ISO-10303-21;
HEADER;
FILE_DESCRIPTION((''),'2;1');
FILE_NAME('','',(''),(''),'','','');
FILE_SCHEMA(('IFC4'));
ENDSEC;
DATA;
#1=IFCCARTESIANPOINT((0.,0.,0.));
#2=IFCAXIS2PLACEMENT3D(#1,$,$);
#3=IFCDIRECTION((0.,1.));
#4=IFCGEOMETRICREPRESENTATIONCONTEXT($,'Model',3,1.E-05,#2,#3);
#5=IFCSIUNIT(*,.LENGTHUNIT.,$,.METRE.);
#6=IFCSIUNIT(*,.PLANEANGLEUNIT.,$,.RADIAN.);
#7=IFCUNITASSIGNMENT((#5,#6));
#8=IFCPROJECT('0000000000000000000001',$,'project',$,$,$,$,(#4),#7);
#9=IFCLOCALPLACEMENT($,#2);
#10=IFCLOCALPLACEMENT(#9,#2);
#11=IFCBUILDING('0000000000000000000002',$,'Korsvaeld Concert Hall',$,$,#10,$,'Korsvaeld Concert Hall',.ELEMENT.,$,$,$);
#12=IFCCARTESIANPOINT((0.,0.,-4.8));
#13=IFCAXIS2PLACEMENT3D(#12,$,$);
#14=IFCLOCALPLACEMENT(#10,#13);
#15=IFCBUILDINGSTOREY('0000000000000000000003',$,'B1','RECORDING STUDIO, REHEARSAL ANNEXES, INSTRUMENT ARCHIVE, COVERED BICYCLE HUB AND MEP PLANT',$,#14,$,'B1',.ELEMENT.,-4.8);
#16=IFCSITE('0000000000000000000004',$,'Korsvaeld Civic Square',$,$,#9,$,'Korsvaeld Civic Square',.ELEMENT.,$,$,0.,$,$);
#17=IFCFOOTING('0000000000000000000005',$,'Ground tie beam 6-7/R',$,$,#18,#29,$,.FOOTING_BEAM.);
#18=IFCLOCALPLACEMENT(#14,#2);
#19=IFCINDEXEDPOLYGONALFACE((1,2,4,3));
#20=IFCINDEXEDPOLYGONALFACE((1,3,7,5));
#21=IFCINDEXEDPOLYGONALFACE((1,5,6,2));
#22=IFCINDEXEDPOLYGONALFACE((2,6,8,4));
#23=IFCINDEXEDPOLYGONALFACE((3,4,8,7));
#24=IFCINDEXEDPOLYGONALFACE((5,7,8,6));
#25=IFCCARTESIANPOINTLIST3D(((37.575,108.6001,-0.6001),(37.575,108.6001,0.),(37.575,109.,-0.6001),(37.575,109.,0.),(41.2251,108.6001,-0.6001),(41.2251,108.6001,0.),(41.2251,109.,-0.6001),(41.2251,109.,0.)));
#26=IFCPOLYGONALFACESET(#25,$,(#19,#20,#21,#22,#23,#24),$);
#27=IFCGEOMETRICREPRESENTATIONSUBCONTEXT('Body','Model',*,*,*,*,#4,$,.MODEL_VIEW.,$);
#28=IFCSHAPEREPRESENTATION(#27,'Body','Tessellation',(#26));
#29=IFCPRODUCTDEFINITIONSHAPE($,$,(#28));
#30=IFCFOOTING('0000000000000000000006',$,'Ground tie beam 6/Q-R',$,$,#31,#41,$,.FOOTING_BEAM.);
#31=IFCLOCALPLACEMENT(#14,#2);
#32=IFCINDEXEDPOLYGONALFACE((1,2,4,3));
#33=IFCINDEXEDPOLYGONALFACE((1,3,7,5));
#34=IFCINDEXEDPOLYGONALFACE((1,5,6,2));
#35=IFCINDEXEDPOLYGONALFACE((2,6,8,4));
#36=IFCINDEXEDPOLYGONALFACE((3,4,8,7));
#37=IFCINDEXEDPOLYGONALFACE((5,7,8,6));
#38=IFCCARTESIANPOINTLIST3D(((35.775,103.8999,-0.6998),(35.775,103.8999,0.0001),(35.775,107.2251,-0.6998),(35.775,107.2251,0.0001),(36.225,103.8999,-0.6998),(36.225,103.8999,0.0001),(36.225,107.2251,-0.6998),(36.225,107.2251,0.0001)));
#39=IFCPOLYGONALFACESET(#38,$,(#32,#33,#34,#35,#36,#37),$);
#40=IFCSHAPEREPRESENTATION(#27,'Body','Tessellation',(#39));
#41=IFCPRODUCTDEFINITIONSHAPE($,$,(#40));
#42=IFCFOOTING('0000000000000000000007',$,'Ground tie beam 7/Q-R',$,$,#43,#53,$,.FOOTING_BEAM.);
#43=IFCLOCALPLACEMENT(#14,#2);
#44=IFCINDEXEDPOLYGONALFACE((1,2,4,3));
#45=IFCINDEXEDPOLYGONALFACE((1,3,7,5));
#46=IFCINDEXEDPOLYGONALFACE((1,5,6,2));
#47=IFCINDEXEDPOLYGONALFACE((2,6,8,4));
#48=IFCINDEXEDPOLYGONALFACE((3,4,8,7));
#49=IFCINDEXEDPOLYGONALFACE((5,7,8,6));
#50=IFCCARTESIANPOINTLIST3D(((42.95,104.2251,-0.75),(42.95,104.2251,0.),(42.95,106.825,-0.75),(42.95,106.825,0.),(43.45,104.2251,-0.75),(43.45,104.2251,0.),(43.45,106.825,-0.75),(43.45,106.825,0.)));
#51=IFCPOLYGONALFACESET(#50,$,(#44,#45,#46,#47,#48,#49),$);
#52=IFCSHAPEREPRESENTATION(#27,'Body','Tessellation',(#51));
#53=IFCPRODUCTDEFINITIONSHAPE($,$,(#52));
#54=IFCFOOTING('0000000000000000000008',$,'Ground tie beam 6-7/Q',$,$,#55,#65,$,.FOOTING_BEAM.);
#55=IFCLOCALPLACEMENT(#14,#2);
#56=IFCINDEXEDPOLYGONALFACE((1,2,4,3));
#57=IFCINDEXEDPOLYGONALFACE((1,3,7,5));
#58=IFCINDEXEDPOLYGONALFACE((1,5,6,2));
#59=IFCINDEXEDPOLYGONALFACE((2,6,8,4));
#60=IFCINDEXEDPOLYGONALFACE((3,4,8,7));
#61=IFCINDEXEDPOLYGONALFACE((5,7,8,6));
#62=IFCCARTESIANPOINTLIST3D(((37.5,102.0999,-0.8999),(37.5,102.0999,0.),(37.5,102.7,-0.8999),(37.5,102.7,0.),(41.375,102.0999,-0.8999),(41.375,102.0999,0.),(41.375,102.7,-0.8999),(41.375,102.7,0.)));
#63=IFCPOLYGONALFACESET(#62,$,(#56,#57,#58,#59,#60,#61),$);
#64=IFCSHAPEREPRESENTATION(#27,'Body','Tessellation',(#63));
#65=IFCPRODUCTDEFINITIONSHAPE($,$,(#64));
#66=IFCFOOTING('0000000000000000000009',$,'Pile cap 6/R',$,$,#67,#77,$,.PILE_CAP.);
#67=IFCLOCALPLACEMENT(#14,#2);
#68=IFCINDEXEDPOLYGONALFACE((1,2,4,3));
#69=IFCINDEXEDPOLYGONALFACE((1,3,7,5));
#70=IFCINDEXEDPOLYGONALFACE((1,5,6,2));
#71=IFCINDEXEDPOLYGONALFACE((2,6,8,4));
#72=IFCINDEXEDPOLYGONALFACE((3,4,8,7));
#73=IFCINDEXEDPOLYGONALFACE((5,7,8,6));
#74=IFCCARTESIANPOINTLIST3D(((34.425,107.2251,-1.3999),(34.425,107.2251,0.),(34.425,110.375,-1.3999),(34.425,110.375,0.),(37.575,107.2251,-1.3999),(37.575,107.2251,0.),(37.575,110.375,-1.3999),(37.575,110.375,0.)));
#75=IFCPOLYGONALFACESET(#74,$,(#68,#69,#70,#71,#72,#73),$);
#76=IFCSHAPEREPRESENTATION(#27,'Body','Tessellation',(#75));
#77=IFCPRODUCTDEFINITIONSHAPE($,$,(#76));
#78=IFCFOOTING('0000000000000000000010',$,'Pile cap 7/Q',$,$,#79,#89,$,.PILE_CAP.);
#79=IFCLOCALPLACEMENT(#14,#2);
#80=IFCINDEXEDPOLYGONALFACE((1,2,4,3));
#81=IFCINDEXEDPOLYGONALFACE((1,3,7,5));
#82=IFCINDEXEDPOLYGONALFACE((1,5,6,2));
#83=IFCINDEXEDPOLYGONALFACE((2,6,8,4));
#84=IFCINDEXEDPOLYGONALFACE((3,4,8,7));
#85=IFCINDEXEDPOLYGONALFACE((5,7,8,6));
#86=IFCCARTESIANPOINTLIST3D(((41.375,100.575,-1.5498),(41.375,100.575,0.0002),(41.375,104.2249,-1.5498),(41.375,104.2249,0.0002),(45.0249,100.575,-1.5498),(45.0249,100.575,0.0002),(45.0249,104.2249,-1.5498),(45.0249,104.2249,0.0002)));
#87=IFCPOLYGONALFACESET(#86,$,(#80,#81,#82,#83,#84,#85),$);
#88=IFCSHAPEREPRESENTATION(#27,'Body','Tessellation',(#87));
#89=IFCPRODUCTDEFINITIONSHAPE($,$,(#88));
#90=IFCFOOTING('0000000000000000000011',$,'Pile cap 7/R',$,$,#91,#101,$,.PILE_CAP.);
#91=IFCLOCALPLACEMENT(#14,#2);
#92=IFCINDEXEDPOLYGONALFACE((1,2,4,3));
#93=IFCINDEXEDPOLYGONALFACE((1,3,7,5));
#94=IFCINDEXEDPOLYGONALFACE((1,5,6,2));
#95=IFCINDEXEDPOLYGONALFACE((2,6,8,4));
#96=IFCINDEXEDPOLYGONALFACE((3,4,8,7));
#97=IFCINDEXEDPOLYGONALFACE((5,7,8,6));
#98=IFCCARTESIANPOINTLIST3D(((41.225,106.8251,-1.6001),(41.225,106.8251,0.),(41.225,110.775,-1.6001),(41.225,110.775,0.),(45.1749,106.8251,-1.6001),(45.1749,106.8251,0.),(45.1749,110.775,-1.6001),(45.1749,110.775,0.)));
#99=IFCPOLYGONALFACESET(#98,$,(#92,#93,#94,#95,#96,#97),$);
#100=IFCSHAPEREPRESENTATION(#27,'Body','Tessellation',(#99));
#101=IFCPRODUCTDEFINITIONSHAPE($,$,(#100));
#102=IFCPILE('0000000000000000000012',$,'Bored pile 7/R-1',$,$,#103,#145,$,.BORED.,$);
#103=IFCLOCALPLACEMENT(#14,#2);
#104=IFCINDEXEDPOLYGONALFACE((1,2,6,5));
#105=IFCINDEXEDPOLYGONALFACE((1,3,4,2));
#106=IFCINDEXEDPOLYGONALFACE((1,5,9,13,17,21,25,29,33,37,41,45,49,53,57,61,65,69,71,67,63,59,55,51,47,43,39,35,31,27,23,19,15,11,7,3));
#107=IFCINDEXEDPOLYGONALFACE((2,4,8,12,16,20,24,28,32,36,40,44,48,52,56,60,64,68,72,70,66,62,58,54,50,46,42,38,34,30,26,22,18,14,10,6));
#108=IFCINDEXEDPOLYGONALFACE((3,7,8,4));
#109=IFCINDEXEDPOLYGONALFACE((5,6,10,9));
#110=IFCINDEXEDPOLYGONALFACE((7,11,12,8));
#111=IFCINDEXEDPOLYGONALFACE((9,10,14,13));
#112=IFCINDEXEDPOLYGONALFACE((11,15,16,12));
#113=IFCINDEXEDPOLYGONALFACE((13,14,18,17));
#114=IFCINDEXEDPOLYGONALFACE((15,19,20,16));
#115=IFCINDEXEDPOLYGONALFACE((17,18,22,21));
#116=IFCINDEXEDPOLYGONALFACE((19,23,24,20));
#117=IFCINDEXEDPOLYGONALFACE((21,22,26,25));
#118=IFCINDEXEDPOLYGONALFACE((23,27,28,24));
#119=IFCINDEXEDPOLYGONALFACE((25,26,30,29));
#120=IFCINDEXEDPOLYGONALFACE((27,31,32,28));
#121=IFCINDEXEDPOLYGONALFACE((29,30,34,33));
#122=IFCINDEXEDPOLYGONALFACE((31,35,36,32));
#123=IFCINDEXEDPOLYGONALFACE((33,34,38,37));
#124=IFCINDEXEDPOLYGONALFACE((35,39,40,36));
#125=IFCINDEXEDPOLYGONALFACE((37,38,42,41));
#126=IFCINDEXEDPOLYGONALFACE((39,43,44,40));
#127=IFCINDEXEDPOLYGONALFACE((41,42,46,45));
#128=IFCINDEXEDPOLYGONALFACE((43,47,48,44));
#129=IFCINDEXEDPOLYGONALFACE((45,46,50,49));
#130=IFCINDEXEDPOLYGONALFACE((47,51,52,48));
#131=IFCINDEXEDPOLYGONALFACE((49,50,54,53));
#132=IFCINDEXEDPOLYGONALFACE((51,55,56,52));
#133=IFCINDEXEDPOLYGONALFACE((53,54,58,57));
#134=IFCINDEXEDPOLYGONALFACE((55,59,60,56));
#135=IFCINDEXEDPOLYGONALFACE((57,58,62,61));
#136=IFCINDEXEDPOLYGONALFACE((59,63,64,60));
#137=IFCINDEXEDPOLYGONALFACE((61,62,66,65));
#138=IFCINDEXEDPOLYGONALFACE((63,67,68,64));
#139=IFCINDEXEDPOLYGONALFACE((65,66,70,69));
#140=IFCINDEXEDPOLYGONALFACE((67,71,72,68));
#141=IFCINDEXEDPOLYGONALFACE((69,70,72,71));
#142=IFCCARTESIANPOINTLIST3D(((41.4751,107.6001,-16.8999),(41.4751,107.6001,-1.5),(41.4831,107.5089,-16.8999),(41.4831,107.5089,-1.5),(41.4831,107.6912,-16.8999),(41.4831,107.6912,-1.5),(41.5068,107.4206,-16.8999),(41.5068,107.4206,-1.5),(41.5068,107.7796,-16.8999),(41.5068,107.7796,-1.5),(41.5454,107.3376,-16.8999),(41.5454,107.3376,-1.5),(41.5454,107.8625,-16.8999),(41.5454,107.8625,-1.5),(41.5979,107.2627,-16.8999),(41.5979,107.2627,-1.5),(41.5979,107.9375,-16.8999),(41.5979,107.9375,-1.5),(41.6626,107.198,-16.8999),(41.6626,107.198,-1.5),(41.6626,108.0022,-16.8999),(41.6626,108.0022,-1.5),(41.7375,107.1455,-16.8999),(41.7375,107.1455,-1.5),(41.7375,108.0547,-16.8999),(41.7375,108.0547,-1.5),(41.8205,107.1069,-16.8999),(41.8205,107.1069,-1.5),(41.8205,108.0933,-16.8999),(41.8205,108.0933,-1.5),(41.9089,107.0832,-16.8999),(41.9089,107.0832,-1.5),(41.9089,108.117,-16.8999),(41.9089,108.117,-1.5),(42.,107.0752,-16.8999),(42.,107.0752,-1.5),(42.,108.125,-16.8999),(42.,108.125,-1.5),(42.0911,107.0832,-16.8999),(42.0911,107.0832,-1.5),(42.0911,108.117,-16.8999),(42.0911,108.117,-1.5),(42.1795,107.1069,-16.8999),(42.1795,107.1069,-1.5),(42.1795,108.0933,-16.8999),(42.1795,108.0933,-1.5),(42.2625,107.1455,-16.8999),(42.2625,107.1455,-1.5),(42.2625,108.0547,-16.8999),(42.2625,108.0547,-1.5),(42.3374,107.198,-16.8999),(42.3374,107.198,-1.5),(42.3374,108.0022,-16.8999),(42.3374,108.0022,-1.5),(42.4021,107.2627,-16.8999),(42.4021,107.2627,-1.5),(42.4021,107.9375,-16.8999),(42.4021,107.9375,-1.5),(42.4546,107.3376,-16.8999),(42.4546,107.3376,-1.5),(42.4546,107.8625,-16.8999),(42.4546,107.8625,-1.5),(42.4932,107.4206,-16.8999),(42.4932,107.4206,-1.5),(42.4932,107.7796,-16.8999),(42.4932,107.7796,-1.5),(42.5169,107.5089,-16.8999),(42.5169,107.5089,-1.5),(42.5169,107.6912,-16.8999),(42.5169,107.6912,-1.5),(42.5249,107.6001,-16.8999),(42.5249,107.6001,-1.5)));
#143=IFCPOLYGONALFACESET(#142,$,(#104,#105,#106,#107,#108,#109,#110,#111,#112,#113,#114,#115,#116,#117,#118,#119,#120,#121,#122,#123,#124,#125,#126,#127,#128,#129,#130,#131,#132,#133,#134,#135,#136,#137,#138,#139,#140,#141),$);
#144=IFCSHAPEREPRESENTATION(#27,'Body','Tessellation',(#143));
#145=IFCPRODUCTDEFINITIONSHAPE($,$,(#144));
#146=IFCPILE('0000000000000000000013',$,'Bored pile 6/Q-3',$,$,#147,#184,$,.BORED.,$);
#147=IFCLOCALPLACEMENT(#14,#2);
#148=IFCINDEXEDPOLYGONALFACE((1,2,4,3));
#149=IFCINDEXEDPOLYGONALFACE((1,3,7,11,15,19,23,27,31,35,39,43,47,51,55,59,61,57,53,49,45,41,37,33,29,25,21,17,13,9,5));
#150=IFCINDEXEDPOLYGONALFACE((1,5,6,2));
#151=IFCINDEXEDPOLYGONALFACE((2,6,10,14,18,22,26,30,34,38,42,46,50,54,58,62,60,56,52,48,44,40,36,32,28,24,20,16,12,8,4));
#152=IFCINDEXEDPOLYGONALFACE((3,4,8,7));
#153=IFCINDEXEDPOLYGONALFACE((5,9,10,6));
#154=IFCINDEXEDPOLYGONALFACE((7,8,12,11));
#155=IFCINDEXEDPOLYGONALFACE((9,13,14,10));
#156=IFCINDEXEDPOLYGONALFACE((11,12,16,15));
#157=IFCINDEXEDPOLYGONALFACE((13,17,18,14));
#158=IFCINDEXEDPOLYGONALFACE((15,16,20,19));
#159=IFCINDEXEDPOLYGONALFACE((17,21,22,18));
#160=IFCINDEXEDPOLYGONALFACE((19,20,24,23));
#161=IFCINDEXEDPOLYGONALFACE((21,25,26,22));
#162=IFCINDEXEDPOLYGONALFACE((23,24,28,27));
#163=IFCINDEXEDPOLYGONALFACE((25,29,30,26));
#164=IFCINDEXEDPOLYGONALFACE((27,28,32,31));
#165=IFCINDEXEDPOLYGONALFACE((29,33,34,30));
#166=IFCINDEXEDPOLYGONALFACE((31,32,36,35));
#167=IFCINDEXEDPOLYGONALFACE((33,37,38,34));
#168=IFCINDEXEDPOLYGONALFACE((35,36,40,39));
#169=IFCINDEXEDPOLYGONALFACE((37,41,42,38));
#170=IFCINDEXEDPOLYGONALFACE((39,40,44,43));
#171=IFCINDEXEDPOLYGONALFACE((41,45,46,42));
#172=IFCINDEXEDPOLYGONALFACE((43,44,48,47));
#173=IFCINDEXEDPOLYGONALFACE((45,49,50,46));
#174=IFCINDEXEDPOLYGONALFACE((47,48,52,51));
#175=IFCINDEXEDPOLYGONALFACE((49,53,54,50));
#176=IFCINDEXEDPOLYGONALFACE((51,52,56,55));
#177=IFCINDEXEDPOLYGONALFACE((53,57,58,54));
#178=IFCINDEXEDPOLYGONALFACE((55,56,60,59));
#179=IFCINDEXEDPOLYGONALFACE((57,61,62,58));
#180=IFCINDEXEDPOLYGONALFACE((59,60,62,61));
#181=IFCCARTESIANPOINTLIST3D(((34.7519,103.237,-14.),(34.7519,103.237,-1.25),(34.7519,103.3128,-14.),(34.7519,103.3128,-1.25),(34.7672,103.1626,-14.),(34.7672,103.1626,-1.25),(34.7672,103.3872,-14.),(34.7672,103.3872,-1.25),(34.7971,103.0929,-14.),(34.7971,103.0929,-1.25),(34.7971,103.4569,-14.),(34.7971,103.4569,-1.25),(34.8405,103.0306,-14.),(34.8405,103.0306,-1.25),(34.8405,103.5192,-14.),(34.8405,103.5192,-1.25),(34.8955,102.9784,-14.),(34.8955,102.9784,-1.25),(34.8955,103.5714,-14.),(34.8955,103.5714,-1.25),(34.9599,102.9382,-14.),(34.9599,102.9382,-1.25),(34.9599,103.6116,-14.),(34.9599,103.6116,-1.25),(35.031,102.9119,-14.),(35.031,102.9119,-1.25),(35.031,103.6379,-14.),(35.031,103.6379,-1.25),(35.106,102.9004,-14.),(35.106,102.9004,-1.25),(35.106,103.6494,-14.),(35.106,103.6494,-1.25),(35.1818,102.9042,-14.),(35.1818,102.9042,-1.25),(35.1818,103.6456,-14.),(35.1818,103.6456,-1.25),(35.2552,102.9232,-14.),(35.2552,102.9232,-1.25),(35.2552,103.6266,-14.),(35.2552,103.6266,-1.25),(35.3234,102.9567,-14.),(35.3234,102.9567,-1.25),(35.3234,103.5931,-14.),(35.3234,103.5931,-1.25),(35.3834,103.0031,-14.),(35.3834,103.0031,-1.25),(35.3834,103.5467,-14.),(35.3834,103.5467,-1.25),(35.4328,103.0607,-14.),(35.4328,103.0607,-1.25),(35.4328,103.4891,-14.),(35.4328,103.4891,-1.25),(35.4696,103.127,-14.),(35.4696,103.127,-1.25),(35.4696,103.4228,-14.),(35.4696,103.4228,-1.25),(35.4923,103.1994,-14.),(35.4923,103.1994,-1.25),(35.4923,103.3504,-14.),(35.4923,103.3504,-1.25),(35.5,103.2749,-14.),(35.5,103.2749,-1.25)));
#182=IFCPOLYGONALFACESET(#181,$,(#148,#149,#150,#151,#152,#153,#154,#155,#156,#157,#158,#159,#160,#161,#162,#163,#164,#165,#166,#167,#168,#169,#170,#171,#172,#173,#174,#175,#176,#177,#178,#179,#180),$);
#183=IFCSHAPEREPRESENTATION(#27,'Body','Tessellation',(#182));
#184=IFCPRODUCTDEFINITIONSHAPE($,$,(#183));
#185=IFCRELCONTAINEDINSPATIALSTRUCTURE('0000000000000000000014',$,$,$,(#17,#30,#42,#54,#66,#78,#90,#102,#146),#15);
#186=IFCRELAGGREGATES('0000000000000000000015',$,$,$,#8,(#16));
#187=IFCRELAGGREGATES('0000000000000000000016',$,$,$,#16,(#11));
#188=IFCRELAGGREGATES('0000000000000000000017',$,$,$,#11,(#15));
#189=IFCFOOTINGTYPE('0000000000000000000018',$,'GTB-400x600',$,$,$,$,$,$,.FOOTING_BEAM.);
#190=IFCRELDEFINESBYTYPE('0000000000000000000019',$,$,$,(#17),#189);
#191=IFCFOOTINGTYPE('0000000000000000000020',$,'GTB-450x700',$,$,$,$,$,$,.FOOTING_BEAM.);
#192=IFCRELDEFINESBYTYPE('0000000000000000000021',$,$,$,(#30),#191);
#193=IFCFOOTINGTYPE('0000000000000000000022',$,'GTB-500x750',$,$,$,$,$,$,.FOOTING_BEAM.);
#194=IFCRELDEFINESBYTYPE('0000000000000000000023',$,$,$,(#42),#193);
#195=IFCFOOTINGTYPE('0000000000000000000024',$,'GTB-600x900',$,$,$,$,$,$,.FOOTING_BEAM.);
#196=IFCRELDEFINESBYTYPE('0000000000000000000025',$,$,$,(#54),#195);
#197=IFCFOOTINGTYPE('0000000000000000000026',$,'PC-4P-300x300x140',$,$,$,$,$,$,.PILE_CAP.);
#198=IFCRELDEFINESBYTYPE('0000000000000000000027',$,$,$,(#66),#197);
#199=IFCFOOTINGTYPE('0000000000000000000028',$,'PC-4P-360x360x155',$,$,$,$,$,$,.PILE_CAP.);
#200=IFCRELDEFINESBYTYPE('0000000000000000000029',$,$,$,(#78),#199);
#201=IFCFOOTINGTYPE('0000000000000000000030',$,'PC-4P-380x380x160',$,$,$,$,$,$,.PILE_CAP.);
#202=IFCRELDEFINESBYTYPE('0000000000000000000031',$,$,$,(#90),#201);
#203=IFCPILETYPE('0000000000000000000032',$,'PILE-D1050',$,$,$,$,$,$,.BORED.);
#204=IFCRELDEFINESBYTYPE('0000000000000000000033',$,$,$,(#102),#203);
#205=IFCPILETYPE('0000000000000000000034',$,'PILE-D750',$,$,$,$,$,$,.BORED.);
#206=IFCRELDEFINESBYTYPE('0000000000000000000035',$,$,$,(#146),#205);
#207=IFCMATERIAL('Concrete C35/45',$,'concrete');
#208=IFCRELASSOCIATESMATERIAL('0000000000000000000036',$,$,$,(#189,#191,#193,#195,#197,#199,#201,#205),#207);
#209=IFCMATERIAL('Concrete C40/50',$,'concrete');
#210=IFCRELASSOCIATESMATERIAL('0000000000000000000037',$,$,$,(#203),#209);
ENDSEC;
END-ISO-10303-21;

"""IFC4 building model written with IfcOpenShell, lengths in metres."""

from ifc_helpers import new_model, si_unit, direction, frame, origin, origin_2d, place, context, subcontext, project, spatial, rectangle, circle, extrude, material, material_profile, profile_set, type_object, element, save


model = new_model("IFC4")

# Units and contexts
model_context = context("Model", 3, precision=1e-05, world=origin(), true_north=direction((0.0, 1.0)))
body_context = subcontext(model_context, "Body", "Model", "MODEL_VIEW")
ifc_project = project(units=[si_unit("LENGTHUNIT", "METRE"), si_unit("PLANEANGLEUNIT", "RADIAN")], contexts=[model_context])

# Site, building, storey
site_placement = place(None, origin())
site = spatial("IfcSite", under=ifc_project, at=site_placement, Name="Korsvaeld Civic Square", LongName="Korsvaeld Civic Square", CompositionType="ELEMENT", RefElevation=0.0)
building_placement = place(site_placement, origin())
building = spatial("IfcBuilding", under=site, at=building_placement, Name="Korsvaeld Concert Hall", LongName="Korsvaeld Concert Hall", CompositionType="ELEMENT")
storey_placement = place(building_placement, frame((0.0, 0.0, -4.8)))
storey = spatial("IfcBuildingStorey", under=building, at=storey_placement, Name="B1", Description="RECORDING STUDIO, REHEARSAL ANNEXES, INSTRUMENT ARCHIVE, COVERED BICYCLE HUB AND MEP PLANT", LongName="B1", CompositionType="ELEMENT", Elevation=-4.8)

# Footings
ifc_material_1 = material(Name="Concrete C35/45", Category="concrete")
ifc_material_profile_1 = material_profile(ifc_material_1, rectangle(XDim=0.3999, YDim=0.6001, at=origin_2d()), Name="GTB 400x600")
ifc_profile_set_1 = profile_set([ifc_material_profile_1], Name="Concrete C35/45")
footing_type_1 = type_object("IfcFootingType", Name="GTB-400x600", PredefinedType="FOOTING_BEAM", material=ifc_profile_set_1)
footing_1_placement = place(storey_placement, frame((37.575, 108.8, -0.3), z_axis=(1.0, 0.0, 0.0), x_axis=(0.0, 1.0, 0.0)))
element("IfcFooting", 1, at=footing_1_placement, inside=storey, type_object=footing_type_1, Name="Ground tie beam 6-7/R", PredefinedType="FOOTING_BEAM", context=body_context, shape_type="SweptSolid", body=[
    extrude(rectangle(XDim=0.3999, YDim=0.6001, at=origin_2d()), origin(), (0.0, 0.0, 1.0), 3.6501),
])
ifc_material_profile_2 = material_profile(ifc_material_1, rectangle(XDim=0.45, YDim=0.7, at=origin_2d()), Name="GTB 450x700")
ifc_profile_set_2 = profile_set([ifc_material_profile_2], Name="Concrete C35/45")
footing_type_2 = type_object("IfcFootingType", Name="GTB-450x700", PredefinedType="FOOTING_BEAM", material=ifc_profile_set_2)
footing_2_placement = place(storey_placement, frame((36.0, 103.8999, -0.3499), z_axis=(0.0, 1.0, 0.0), x_axis=(-1.0, 0.0, 0.0)))
element("IfcFooting", 2, at=footing_2_placement, inside=storey, type_object=footing_type_2, Name="Ground tie beam 6/Q-R", PredefinedType="FOOTING_BEAM", context=body_context, shape_type="SweptSolid", body=[
    extrude(rectangle(XDim=0.45, YDim=0.7, at=origin_2d()), origin(), (0.0, 0.0, 1.0), 3.3252),
])
ifc_material_profile_3 = material_profile(ifc_material_1, rectangle(XDim=0.5, YDim=0.75, at=origin_2d()), Name="GTB 500x750")
ifc_profile_set_3 = profile_set([ifc_material_profile_3], Name="Concrete C35/45")
footing_type_3 = type_object("IfcFootingType", Name="GTB-500x750", PredefinedType="FOOTING_BEAM", material=ifc_profile_set_3)
footing_3_placement = place(storey_placement, frame((43.2, 104.2251, -0.375), z_axis=(0.0, 1.0, 0.0), x_axis=(-1.0, 0.0, 0.0)))
element("IfcFooting", 3, at=footing_3_placement, inside=storey, type_object=footing_type_3, Name="Ground tie beam 7/Q-R", PredefinedType="FOOTING_BEAM", context=body_context, shape_type="SweptSolid", body=[
    extrude(rectangle(XDim=0.5, YDim=0.75, at=origin_2d()), origin(), (0.0, 0.0, 1.0), 2.5999),
])
ifc_material_profile_4 = material_profile(ifc_material_1, rectangle(XDim=0.6001, YDim=0.8999, at=origin_2d()), Name="GTB 600x900")
ifc_profile_set_4 = profile_set([ifc_material_profile_4], Name="Concrete C35/45")
footing_type_4 = type_object("IfcFootingType", Name="GTB-600x900", PredefinedType="FOOTING_BEAM", material=ifc_profile_set_4)
footing_4_placement = place(storey_placement, frame((37.5, 102.3999, -0.45), z_axis=(1.0, 0.0, 0.0), x_axis=(0.0, 1.0, 0.0)))
element("IfcFooting", 4, at=footing_4_placement, inside=storey, type_object=footing_type_4, Name="Ground tie beam 6-7/Q", PredefinedType="FOOTING_BEAM", context=body_context, shape_type="SweptSolid", body=[
    extrude(rectangle(XDim=0.6001, YDim=0.8999, at=origin_2d()), origin(), (0.0, 0.0, 1.0), 3.875),
])
footing_type_5 = type_object("IfcFootingType", Name="PC-4P-300x300x140", PredefinedType="PILE_CAP", material=ifc_material_1)
footing_5_placement = place(storey_placement, frame((36.0, 108.8, -1.3999), z_axis=(0.0, 0.0, 1.0), x_axis=(1.0, 0.0, 0.0)))
element("IfcFooting", 5, at=footing_5_placement, inside=storey, type_object=footing_type_5, Name="Pile cap 6/R", PredefinedType="PILE_CAP", context=body_context, shape_type="SweptSolid", body=[
    extrude(rectangle(XDim=3.1499, YDim=3.1499, at=origin_2d()), origin(), (0.0, 0.0, 1.0), 1.3999),
])
footing_type_6 = type_object("IfcFootingType", Name="PC-4P-360x360x155", PredefinedType="PILE_CAP", material=ifc_material_1)
footing_6_placement = place(storey_placement, frame((43.2, 102.3999, -1.5498), z_axis=(0.0, 0.0, 1.0), x_axis=(1.0, 0.0, 0.0)))
element("IfcFooting", 6, at=footing_6_placement, inside=storey, type_object=footing_type_6, Name="Pile cap 7/Q", PredefinedType="PILE_CAP", context=body_context, shape_type="SweptSolid", body=[
    extrude(rectangle(XDim=3.6499, YDim=3.6499, at=origin_2d()), origin(), (0.0, 0.0, 1.0), 1.55),
])
footing_type_7 = type_object("IfcFootingType", Name="PC-4P-380x380x160", PredefinedType="PILE_CAP", material=ifc_material_1)
footing_7_placement = place(storey_placement, frame((43.2, 108.8, -1.6001), z_axis=(0.0, 0.0, 1.0), x_axis=(1.0, 0.0, 0.0)))
element("IfcFooting", 7, at=footing_7_placement, inside=storey, type_object=footing_type_7, Name="Pile cap 7/R", PredefinedType="PILE_CAP", context=body_context, shape_type="SweptSolid", body=[
    extrude(rectangle(XDim=3.95, YDim=3.95, at=origin_2d()), origin(), (0.0, 0.0, 1.0), 1.6001),
])

# Piles
ifc_material_2 = material(Name="Concrete C40/50", Category="concrete")
ifc_material_profile_5 = material_profile(ifc_material_2, circle(Radius=0.5249, at=origin_2d()), Name="BORED PILE D1050")
ifc_profile_set_5 = profile_set([ifc_material_profile_5], Name="Concrete C40/50")
pile_type_1 = type_object("IfcPileType", Name="PILE-D1050", PredefinedType="BORED", material=ifc_profile_set_5)
pile_1_placement = place(storey_placement, frame((42.0, 107.6001, -1.5), z_axis=(0.0, 0.0, -1.0), x_axis=(1.0, 0.0, 0.0)))
element("IfcPile", 8, at=pile_1_placement, inside=storey, type_object=pile_type_1, Name="Bored pile 7/R-1", PredefinedType="BORED", context=body_context, shape_type="SweptSolid", body=[
    extrude(circle(Radius=0.5249, at=origin_2d()), origin(), (0.0, 0.0, 1.0), 15.3999),
])
ifc_material_profile_6 = material_profile(ifc_material_1, circle(Radius=0.375, at=origin_2d()), Name="BORED PILE D750")
ifc_profile_set_6 = profile_set([ifc_material_profile_6], Name="Concrete C35/45")
pile_type_2 = type_object("IfcPileType", Name="PILE-D750", PredefinedType="BORED", material=ifc_profile_set_6)
for number, where, z_axis, x_axis, name in (
    (9, (35.125, 103.2749, -1.25), (0.0, 0.0, -1.0), (1.0, 0.0, 0.0), "Bored pile 6/Q-3"),
):
    element("IfcPile", number, at=place(storey_placement, frame(where, z_axis=z_axis, x_axis=x_axis)), inside=storey, type_object=pile_type_2, Name=name, PredefinedType="BORED", context=body_context, shape_type="SweptSolid", body=[
        extrude(circle(Radius=0.375, at=origin_2d()), origin(), (0.0, 0.0, 1.0), 12.75),
    ])

save(model, "model.ifc")
